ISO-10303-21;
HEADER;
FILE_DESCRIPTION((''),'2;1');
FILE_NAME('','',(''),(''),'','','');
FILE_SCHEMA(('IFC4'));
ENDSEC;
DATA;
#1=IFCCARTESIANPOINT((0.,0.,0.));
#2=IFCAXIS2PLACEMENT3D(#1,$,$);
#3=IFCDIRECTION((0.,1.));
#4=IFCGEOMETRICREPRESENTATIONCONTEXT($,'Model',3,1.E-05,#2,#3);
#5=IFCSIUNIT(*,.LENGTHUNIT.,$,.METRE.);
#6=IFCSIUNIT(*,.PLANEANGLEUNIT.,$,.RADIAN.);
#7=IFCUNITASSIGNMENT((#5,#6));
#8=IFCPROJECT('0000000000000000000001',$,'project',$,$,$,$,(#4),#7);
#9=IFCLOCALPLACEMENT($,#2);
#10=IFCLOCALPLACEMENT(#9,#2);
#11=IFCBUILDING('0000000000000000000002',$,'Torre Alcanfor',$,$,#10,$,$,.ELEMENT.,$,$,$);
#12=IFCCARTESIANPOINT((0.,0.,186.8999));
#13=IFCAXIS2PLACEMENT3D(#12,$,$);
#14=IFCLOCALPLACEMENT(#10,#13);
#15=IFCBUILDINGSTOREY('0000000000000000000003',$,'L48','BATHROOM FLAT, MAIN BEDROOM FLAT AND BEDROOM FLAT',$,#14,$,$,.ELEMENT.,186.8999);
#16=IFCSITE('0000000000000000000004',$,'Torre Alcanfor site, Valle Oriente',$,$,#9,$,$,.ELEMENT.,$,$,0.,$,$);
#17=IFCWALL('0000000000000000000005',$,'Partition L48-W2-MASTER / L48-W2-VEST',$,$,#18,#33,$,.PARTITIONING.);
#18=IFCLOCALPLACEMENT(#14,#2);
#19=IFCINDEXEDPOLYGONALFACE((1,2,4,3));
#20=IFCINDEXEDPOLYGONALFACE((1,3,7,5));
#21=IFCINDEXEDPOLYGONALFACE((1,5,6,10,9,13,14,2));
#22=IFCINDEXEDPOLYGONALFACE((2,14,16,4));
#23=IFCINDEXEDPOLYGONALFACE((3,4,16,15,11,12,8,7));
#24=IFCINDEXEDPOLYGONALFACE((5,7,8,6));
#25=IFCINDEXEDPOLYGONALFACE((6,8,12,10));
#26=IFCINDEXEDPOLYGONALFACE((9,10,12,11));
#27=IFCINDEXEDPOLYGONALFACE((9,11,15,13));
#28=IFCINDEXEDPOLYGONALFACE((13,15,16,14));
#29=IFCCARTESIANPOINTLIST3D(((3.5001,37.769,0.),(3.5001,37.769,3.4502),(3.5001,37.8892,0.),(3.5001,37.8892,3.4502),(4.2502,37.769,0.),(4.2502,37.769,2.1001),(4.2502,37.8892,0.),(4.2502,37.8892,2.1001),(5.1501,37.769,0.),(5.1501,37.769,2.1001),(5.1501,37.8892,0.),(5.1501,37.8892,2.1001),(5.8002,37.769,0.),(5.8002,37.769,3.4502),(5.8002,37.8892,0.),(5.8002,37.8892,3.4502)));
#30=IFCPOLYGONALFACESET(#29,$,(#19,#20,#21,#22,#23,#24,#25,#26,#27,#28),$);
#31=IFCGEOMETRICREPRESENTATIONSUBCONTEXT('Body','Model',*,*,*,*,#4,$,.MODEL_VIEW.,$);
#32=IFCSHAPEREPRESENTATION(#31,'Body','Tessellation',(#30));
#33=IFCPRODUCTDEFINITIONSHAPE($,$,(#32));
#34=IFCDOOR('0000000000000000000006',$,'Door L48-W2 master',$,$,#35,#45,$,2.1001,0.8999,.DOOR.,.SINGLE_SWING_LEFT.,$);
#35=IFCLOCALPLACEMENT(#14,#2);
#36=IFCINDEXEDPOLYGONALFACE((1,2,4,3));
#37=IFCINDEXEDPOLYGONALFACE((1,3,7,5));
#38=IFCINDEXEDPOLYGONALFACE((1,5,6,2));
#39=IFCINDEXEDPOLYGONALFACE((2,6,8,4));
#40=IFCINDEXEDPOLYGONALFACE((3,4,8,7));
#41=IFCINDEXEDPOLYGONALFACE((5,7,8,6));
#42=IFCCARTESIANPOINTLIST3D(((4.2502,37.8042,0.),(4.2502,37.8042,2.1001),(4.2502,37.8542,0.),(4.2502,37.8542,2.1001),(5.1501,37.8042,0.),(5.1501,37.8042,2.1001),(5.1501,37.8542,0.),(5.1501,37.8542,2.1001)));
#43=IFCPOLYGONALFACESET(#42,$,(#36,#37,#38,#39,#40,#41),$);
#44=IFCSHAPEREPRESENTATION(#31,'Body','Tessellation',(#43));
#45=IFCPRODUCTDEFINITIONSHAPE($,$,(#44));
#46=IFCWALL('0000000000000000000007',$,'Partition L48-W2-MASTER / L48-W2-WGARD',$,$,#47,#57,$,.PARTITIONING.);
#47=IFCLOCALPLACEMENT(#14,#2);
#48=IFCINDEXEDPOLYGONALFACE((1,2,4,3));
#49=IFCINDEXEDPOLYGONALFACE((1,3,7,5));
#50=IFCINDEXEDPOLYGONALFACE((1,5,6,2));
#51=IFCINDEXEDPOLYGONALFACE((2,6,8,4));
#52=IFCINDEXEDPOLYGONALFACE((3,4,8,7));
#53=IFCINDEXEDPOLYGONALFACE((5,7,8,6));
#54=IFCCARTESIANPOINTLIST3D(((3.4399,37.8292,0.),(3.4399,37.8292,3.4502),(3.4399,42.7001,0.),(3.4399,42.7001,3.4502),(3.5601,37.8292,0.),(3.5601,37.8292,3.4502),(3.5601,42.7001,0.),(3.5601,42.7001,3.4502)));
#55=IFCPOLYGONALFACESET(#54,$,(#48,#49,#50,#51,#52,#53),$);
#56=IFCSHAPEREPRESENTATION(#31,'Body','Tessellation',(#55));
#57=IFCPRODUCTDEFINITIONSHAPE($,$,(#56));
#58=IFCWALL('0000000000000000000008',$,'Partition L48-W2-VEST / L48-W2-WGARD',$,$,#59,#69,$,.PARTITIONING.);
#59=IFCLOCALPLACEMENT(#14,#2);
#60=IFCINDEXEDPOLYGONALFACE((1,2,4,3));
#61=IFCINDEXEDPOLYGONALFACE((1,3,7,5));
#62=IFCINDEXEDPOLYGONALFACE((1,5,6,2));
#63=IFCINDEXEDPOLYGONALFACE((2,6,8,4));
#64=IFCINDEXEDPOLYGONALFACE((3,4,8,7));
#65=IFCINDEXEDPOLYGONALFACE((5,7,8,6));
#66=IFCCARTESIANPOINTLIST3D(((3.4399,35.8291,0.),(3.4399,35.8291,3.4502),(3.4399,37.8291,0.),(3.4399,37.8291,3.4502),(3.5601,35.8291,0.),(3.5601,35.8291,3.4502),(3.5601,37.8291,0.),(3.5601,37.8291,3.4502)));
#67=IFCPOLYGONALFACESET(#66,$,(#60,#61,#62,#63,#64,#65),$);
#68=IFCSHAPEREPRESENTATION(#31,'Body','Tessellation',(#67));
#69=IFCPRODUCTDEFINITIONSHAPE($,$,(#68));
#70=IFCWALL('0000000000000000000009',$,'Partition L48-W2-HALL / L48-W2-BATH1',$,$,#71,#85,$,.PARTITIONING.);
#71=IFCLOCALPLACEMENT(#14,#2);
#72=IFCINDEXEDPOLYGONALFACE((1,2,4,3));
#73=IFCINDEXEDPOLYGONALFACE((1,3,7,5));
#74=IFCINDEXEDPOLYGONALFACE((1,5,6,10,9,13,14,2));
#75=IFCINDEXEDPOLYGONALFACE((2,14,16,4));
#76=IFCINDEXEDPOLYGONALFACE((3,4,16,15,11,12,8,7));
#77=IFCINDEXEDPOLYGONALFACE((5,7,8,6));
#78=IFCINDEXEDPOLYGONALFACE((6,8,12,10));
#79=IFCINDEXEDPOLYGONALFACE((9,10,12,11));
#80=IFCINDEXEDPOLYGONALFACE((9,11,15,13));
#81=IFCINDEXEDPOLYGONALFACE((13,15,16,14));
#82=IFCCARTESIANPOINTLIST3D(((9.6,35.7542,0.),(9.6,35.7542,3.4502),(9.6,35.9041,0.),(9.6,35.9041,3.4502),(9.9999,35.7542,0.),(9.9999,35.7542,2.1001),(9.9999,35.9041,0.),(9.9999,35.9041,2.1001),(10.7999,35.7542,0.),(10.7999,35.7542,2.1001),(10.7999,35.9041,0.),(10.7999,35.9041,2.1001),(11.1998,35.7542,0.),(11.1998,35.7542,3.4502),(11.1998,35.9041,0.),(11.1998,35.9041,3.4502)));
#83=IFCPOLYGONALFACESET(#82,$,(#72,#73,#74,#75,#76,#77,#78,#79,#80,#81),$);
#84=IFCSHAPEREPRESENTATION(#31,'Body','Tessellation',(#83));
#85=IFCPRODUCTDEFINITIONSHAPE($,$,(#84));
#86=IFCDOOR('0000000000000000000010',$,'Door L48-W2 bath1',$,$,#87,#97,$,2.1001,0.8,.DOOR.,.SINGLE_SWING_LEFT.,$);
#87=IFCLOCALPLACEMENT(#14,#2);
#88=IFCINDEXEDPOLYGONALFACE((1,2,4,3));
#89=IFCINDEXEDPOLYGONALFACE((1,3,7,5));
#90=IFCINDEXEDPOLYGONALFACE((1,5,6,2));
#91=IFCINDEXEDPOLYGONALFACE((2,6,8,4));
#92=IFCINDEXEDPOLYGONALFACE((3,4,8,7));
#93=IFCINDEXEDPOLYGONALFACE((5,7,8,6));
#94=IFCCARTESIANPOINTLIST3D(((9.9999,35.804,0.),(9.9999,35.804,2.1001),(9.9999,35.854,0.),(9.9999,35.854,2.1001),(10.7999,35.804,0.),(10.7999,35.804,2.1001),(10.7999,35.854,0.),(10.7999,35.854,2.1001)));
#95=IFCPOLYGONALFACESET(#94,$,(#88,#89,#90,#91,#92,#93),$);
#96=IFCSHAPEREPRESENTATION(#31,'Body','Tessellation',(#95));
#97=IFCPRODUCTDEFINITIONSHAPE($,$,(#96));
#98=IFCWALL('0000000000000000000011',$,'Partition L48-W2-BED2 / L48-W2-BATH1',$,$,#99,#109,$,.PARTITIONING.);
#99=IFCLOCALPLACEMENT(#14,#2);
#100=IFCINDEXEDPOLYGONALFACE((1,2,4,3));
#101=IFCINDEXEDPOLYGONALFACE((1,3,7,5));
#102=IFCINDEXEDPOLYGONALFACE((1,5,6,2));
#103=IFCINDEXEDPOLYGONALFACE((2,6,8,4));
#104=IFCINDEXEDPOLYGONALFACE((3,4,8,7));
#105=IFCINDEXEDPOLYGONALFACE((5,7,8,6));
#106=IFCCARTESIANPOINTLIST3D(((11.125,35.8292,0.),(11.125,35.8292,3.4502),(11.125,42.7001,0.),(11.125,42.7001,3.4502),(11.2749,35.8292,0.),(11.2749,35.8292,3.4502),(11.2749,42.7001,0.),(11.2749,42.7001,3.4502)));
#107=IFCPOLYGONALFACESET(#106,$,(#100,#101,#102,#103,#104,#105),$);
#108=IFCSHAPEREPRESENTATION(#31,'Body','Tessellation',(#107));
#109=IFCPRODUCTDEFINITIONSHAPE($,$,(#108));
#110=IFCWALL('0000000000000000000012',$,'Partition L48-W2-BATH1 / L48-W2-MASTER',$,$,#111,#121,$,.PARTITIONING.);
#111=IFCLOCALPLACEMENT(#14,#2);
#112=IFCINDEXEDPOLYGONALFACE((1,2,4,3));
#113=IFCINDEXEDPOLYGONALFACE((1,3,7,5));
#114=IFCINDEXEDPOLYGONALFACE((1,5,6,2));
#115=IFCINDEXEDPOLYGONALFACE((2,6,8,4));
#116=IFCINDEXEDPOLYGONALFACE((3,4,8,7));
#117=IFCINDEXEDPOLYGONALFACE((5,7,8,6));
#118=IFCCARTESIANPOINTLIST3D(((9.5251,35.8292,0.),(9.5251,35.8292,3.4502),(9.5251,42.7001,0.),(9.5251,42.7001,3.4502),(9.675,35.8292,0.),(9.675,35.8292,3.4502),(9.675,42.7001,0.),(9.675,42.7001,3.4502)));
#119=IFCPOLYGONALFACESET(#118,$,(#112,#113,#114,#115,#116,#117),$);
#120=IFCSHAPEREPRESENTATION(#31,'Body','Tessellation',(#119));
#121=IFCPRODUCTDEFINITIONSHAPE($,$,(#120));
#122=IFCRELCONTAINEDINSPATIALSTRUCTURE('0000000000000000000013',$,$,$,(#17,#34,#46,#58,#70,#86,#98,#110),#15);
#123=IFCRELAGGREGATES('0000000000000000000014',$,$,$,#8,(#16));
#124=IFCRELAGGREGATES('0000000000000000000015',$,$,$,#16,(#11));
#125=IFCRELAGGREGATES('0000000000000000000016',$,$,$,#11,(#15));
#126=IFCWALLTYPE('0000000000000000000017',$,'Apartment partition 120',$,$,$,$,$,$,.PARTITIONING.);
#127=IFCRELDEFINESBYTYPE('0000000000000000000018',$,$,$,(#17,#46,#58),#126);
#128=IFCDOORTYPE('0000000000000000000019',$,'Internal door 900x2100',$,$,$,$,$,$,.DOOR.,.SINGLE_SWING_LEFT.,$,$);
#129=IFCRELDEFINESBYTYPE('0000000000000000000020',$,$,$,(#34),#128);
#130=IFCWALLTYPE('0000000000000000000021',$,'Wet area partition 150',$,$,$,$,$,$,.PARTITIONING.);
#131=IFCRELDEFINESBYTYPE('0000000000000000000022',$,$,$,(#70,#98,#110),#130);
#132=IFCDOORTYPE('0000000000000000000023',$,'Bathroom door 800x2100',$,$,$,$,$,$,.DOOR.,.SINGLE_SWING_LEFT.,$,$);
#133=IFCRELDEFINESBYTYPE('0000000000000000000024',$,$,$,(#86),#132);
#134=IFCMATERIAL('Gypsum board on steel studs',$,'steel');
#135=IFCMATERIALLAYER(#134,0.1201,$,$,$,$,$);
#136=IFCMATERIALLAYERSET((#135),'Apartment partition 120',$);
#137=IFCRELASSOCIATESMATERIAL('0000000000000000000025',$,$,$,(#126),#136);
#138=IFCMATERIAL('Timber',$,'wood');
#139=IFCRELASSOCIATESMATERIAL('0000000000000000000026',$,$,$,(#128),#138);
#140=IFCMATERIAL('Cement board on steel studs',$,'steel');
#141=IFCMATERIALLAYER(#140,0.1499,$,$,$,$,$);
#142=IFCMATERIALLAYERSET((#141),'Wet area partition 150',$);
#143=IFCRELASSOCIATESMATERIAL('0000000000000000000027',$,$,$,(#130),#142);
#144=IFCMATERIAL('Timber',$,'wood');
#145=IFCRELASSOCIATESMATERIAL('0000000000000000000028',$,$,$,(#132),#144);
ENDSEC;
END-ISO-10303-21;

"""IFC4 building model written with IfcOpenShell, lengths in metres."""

from ifc_helpers import new_model, si_unit, direction, frame, frame_2d, origin, place, context, subcontext, project, spatial, rectangle, extrude, material, layer, layer_set, type_object, element, fill, save


model = new_model("IFC4")

# Units and contexts
model_context = context("Model", 3, precision=1e-05, world=origin(), true_north=direction((0.0, 1.0)))
body_context = subcontext(model_context, "Body", "Model", "MODEL_VIEW")
ifc_project = project(units=[si_unit("LENGTHUNIT", "METRE"), si_unit("PLANEANGLEUNIT", "RADIAN")], contexts=[model_context])

# Site, building, storey
site_placement = place(None, origin())
site = spatial("IfcSite", under=ifc_project, at=site_placement, Name="Torre Alcanfor site, Valle Oriente", CompositionType="ELEMENT", RefElevation=0.0)
building_placement = place(site_placement, origin())
building = spatial("IfcBuilding", under=site, at=building_placement, Name="Torre Alcanfor", CompositionType="ELEMENT")
storey_placement = place(building_placement, frame((0.0, 0.0, 186.8999)))
storey = spatial("IfcBuildingStorey", under=building, at=storey_placement, Name="L48", Description="BATHROOM FLAT, MAIN BEDROOM FLAT AND BEDROOM FLAT", CompositionType="ELEMENT", Elevation=186.8999)

# Shared definitions
ifc_material_1 = material(Name="Gypsum board on steel studs", Category="steel")
ifc_layer_1 = layer(ifc_material_1, 0.1201)
ifc_layer_set_1 = layer_set([ifc_layer_1], Name="Apartment partition 120")
wall_type_1 = type_object("IfcWallType", Name="Apartment partition 120", PredefinedType="PARTITIONING", material=ifc_layer_set_1)
ifc_material_2 = material(Name="Timber", Category="wood")
door_type_1 = type_object("IfcDoorType", Name="Internal door 900x2100", OperationType="SINGLE_SWING_LEFT", PredefinedType="DOOR", material=ifc_material_2)

# Wall, opening, door
wall_1_placement = place(storey_placement, frame((5.8, 37.8291, 0.0), z_axis=(0.0, 0.0, 1.0), x_axis=(-1.0, 0.0, 0.0)))
wall_1 = element("IfcWall", 1, at=wall_1_placement, inside=storey, type_object=wall_type_1, Name="Partition L48-W2-MASTER / L48-W2-VEST", PredefinedType="PARTITIONING", context=body_context, shape_type="SweptSolid", body=[
    extrude(rectangle(XDim=2.3, YDim=0.1201, at=frame_2d((1.1499, 0.0))), origin(), (0.0, 0.0, 1.0), 3.4502),
])
opening_1_placement = place(wall_1_placement, frame((0.6499, 0.0, 0.0)))
opening_1 = element("IfcOpeningElement", 2, at=opening_1_placement, cuts=wall_1, PredefinedType="OPENING", context=body_context, shape_type="SweptSolid", body=[
    extrude(rectangle(XDim=0.8999, YDim=2.1001, at=frame_2d((0.45, 1.05))), frame((0.0, 0.0701, 0.0), z_axis=(0.0, -1.0, 0.0), x_axis=(1.0, 0.0, 0.0)), (0.0, 0.0, 1.0), 0.1401),
])
door_1_placement = place(opening_1_placement, origin())
door_1 = element("IfcDoor", 3, at=door_1_placement, inside=storey, type_object=door_type_1, Name="Door L48-W2 master", OperationType="SINGLE_SWING_LEFT", OverallHeight=2.1001, OverallWidth=0.8999, PredefinedType="DOOR", context=body_context, shape_type="SweptSolid", body=[
    extrude(rectangle(XDim=0.8999, YDim=2.1001, at=frame_2d((0.45, 1.05))), frame((0.0, 0.0249, 0.0), z_axis=(0.0, -1.0, 0.0), x_axis=(1.0, 0.0, 0.0)), (0.0, 0.0, 1.0), 0.05),
])
fill(opening_1, door_1)

# Walls
wall_2_placement = place(storey_placement, frame((3.5, 37.8291, 0.0), z_axis=(0.0, 0.0, 1.0), x_axis=(0.0, 1.0, 0.0)))
element("IfcWall", 4, at=wall_2_placement, inside=storey, type_object=wall_type_1, Name="Partition L48-W2-MASTER / L48-W2-WGARD", PredefinedType="PARTITIONING", context=body_context, shape_type="SweptSolid", body=[
    extrude(rectangle(XDim=4.8708, YDim=0.1201, at=frame_2d((2.4355, 0.0))), origin(), (0.0, 0.0, 1.0), 3.4502),
])
wall_3_placement = place(storey_placement, frame((3.5, 35.8291, 0.0), z_axis=(0.0, 0.0, 1.0), x_axis=(0.0, 1.0, 0.0)))
element("IfcWall", 5, at=wall_3_placement, inside=storey, type_object=wall_type_1, Name="Partition L48-W2-VEST / L48-W2-WGARD", PredefinedType="PARTITIONING", context=body_context, shape_type="SweptSolid", body=[
    extrude(rectangle(XDim=2.0, YDim=0.1201, at=frame_2d((1.0, 0.0))), origin(), (0.0, 0.0, 1.0), 3.4502),
])

# Wall, opening, door
ifc_material_3 = material(Name="Cement board on steel studs", Category="steel")
ifc_layer_2 = layer(ifc_material_3, 0.1499)
ifc_layer_set_2 = layer_set([ifc_layer_2], Name="Wet area partition 150")
wall_type_2 = type_object("IfcWallType", Name="Wet area partition 150", PredefinedType="PARTITIONING", material=ifc_layer_set_2)
wall_4_placement = place(storey_placement, frame((9.6001, 35.8291, 0.0), z_axis=(0.0, 0.0, 1.0), x_axis=(1.0, 0.0, 0.0)))
wall_4 = element("IfcWall", 6, at=wall_4_placement, inside=storey, type_object=wall_type_2, Name="Partition L48-W2-HALL / L48-W2-BATH1", PredefinedType="PARTITIONING", context=body_context, shape_type="SweptSolid", body=[
    extrude(rectangle(XDim=1.5999, YDim=0.1499, at=frame_2d((0.7998, 0.0))), origin(), (0.0, 0.0, 1.0), 3.4502),
])
opening_2_placement = place(wall_4_placement, frame((0.3999, 0.0, 0.0)))
opening_2 = element("IfcOpeningElement", 7, at=opening_2_placement, cuts=wall_4, PredefinedType="OPENING", context=body_context, shape_type="SweptSolid", body=[
    extrude(rectangle(XDim=0.8, YDim=2.1001, at=frame_2d((0.3999, 1.05))), frame((0.0, 0.085, 0.0), z_axis=(0.0, -1.0, 0.0), x_axis=(1.0, 0.0, 0.0)), (0.0, 0.0, 1.0), 0.1699),
])
ifc_material_4 = material(Name="Timber", Category="wood")
door_type_2 = type_object("IfcDoorType", Name="Bathroom door 800x2100", OperationType="SINGLE_SWING_LEFT", PredefinedType="DOOR", material=ifc_material_4)
door_2_placement = place(opening_2_placement, origin())
door_2 = element("IfcDoor", 8, at=door_2_placement, inside=storey, type_object=door_type_2, Name="Door L48-W2 bath1", OperationType="SINGLE_SWING_LEFT", OverallHeight=2.1001, OverallWidth=0.8, PredefinedType="DOOR", context=body_context, shape_type="SweptSolid", body=[
    extrude(rectangle(XDim=0.8, YDim=2.1001, at=frame_2d((0.3999, 1.05))), frame((0.0, 0.0249, 0.0), z_axis=(0.0, -1.0, 0.0), x_axis=(1.0, 0.0, 0.0)), (0.0, 0.0, 1.0), 0.05),
])
fill(opening_2, door_2)

# Walls
for number, where, z_axis, x_axis, name in (
    (9, (11.2, 35.8291, 0.0), (0.0, 0.0, 1.0), (0.0, 1.0, 0.0), "Partition L48-W2-BED2 / L48-W2-BATH1"),
    (10, (9.6001, 35.8291, 0.0), (0.0, 0.0, 1.0), (0.0, 1.0, 0.0), "Partition L48-W2-BATH1 / L48-W2-MASTER"),
):
    element("IfcWall", number, at=place(storey_placement, frame(where, z_axis=z_axis, x_axis=x_axis)), inside=storey, type_object=wall_type_2, Name=name, PredefinedType="PARTITIONING", context=body_context, shape_type="SweptSolid", body=[
        extrude(rectangle(XDim=6.8708, YDim=0.1499, at=frame_2d((3.4355, 0.0))), origin(), (0.0, 0.0, 1.0), 3.4502),
    ])

save(model, "model.ifc")
